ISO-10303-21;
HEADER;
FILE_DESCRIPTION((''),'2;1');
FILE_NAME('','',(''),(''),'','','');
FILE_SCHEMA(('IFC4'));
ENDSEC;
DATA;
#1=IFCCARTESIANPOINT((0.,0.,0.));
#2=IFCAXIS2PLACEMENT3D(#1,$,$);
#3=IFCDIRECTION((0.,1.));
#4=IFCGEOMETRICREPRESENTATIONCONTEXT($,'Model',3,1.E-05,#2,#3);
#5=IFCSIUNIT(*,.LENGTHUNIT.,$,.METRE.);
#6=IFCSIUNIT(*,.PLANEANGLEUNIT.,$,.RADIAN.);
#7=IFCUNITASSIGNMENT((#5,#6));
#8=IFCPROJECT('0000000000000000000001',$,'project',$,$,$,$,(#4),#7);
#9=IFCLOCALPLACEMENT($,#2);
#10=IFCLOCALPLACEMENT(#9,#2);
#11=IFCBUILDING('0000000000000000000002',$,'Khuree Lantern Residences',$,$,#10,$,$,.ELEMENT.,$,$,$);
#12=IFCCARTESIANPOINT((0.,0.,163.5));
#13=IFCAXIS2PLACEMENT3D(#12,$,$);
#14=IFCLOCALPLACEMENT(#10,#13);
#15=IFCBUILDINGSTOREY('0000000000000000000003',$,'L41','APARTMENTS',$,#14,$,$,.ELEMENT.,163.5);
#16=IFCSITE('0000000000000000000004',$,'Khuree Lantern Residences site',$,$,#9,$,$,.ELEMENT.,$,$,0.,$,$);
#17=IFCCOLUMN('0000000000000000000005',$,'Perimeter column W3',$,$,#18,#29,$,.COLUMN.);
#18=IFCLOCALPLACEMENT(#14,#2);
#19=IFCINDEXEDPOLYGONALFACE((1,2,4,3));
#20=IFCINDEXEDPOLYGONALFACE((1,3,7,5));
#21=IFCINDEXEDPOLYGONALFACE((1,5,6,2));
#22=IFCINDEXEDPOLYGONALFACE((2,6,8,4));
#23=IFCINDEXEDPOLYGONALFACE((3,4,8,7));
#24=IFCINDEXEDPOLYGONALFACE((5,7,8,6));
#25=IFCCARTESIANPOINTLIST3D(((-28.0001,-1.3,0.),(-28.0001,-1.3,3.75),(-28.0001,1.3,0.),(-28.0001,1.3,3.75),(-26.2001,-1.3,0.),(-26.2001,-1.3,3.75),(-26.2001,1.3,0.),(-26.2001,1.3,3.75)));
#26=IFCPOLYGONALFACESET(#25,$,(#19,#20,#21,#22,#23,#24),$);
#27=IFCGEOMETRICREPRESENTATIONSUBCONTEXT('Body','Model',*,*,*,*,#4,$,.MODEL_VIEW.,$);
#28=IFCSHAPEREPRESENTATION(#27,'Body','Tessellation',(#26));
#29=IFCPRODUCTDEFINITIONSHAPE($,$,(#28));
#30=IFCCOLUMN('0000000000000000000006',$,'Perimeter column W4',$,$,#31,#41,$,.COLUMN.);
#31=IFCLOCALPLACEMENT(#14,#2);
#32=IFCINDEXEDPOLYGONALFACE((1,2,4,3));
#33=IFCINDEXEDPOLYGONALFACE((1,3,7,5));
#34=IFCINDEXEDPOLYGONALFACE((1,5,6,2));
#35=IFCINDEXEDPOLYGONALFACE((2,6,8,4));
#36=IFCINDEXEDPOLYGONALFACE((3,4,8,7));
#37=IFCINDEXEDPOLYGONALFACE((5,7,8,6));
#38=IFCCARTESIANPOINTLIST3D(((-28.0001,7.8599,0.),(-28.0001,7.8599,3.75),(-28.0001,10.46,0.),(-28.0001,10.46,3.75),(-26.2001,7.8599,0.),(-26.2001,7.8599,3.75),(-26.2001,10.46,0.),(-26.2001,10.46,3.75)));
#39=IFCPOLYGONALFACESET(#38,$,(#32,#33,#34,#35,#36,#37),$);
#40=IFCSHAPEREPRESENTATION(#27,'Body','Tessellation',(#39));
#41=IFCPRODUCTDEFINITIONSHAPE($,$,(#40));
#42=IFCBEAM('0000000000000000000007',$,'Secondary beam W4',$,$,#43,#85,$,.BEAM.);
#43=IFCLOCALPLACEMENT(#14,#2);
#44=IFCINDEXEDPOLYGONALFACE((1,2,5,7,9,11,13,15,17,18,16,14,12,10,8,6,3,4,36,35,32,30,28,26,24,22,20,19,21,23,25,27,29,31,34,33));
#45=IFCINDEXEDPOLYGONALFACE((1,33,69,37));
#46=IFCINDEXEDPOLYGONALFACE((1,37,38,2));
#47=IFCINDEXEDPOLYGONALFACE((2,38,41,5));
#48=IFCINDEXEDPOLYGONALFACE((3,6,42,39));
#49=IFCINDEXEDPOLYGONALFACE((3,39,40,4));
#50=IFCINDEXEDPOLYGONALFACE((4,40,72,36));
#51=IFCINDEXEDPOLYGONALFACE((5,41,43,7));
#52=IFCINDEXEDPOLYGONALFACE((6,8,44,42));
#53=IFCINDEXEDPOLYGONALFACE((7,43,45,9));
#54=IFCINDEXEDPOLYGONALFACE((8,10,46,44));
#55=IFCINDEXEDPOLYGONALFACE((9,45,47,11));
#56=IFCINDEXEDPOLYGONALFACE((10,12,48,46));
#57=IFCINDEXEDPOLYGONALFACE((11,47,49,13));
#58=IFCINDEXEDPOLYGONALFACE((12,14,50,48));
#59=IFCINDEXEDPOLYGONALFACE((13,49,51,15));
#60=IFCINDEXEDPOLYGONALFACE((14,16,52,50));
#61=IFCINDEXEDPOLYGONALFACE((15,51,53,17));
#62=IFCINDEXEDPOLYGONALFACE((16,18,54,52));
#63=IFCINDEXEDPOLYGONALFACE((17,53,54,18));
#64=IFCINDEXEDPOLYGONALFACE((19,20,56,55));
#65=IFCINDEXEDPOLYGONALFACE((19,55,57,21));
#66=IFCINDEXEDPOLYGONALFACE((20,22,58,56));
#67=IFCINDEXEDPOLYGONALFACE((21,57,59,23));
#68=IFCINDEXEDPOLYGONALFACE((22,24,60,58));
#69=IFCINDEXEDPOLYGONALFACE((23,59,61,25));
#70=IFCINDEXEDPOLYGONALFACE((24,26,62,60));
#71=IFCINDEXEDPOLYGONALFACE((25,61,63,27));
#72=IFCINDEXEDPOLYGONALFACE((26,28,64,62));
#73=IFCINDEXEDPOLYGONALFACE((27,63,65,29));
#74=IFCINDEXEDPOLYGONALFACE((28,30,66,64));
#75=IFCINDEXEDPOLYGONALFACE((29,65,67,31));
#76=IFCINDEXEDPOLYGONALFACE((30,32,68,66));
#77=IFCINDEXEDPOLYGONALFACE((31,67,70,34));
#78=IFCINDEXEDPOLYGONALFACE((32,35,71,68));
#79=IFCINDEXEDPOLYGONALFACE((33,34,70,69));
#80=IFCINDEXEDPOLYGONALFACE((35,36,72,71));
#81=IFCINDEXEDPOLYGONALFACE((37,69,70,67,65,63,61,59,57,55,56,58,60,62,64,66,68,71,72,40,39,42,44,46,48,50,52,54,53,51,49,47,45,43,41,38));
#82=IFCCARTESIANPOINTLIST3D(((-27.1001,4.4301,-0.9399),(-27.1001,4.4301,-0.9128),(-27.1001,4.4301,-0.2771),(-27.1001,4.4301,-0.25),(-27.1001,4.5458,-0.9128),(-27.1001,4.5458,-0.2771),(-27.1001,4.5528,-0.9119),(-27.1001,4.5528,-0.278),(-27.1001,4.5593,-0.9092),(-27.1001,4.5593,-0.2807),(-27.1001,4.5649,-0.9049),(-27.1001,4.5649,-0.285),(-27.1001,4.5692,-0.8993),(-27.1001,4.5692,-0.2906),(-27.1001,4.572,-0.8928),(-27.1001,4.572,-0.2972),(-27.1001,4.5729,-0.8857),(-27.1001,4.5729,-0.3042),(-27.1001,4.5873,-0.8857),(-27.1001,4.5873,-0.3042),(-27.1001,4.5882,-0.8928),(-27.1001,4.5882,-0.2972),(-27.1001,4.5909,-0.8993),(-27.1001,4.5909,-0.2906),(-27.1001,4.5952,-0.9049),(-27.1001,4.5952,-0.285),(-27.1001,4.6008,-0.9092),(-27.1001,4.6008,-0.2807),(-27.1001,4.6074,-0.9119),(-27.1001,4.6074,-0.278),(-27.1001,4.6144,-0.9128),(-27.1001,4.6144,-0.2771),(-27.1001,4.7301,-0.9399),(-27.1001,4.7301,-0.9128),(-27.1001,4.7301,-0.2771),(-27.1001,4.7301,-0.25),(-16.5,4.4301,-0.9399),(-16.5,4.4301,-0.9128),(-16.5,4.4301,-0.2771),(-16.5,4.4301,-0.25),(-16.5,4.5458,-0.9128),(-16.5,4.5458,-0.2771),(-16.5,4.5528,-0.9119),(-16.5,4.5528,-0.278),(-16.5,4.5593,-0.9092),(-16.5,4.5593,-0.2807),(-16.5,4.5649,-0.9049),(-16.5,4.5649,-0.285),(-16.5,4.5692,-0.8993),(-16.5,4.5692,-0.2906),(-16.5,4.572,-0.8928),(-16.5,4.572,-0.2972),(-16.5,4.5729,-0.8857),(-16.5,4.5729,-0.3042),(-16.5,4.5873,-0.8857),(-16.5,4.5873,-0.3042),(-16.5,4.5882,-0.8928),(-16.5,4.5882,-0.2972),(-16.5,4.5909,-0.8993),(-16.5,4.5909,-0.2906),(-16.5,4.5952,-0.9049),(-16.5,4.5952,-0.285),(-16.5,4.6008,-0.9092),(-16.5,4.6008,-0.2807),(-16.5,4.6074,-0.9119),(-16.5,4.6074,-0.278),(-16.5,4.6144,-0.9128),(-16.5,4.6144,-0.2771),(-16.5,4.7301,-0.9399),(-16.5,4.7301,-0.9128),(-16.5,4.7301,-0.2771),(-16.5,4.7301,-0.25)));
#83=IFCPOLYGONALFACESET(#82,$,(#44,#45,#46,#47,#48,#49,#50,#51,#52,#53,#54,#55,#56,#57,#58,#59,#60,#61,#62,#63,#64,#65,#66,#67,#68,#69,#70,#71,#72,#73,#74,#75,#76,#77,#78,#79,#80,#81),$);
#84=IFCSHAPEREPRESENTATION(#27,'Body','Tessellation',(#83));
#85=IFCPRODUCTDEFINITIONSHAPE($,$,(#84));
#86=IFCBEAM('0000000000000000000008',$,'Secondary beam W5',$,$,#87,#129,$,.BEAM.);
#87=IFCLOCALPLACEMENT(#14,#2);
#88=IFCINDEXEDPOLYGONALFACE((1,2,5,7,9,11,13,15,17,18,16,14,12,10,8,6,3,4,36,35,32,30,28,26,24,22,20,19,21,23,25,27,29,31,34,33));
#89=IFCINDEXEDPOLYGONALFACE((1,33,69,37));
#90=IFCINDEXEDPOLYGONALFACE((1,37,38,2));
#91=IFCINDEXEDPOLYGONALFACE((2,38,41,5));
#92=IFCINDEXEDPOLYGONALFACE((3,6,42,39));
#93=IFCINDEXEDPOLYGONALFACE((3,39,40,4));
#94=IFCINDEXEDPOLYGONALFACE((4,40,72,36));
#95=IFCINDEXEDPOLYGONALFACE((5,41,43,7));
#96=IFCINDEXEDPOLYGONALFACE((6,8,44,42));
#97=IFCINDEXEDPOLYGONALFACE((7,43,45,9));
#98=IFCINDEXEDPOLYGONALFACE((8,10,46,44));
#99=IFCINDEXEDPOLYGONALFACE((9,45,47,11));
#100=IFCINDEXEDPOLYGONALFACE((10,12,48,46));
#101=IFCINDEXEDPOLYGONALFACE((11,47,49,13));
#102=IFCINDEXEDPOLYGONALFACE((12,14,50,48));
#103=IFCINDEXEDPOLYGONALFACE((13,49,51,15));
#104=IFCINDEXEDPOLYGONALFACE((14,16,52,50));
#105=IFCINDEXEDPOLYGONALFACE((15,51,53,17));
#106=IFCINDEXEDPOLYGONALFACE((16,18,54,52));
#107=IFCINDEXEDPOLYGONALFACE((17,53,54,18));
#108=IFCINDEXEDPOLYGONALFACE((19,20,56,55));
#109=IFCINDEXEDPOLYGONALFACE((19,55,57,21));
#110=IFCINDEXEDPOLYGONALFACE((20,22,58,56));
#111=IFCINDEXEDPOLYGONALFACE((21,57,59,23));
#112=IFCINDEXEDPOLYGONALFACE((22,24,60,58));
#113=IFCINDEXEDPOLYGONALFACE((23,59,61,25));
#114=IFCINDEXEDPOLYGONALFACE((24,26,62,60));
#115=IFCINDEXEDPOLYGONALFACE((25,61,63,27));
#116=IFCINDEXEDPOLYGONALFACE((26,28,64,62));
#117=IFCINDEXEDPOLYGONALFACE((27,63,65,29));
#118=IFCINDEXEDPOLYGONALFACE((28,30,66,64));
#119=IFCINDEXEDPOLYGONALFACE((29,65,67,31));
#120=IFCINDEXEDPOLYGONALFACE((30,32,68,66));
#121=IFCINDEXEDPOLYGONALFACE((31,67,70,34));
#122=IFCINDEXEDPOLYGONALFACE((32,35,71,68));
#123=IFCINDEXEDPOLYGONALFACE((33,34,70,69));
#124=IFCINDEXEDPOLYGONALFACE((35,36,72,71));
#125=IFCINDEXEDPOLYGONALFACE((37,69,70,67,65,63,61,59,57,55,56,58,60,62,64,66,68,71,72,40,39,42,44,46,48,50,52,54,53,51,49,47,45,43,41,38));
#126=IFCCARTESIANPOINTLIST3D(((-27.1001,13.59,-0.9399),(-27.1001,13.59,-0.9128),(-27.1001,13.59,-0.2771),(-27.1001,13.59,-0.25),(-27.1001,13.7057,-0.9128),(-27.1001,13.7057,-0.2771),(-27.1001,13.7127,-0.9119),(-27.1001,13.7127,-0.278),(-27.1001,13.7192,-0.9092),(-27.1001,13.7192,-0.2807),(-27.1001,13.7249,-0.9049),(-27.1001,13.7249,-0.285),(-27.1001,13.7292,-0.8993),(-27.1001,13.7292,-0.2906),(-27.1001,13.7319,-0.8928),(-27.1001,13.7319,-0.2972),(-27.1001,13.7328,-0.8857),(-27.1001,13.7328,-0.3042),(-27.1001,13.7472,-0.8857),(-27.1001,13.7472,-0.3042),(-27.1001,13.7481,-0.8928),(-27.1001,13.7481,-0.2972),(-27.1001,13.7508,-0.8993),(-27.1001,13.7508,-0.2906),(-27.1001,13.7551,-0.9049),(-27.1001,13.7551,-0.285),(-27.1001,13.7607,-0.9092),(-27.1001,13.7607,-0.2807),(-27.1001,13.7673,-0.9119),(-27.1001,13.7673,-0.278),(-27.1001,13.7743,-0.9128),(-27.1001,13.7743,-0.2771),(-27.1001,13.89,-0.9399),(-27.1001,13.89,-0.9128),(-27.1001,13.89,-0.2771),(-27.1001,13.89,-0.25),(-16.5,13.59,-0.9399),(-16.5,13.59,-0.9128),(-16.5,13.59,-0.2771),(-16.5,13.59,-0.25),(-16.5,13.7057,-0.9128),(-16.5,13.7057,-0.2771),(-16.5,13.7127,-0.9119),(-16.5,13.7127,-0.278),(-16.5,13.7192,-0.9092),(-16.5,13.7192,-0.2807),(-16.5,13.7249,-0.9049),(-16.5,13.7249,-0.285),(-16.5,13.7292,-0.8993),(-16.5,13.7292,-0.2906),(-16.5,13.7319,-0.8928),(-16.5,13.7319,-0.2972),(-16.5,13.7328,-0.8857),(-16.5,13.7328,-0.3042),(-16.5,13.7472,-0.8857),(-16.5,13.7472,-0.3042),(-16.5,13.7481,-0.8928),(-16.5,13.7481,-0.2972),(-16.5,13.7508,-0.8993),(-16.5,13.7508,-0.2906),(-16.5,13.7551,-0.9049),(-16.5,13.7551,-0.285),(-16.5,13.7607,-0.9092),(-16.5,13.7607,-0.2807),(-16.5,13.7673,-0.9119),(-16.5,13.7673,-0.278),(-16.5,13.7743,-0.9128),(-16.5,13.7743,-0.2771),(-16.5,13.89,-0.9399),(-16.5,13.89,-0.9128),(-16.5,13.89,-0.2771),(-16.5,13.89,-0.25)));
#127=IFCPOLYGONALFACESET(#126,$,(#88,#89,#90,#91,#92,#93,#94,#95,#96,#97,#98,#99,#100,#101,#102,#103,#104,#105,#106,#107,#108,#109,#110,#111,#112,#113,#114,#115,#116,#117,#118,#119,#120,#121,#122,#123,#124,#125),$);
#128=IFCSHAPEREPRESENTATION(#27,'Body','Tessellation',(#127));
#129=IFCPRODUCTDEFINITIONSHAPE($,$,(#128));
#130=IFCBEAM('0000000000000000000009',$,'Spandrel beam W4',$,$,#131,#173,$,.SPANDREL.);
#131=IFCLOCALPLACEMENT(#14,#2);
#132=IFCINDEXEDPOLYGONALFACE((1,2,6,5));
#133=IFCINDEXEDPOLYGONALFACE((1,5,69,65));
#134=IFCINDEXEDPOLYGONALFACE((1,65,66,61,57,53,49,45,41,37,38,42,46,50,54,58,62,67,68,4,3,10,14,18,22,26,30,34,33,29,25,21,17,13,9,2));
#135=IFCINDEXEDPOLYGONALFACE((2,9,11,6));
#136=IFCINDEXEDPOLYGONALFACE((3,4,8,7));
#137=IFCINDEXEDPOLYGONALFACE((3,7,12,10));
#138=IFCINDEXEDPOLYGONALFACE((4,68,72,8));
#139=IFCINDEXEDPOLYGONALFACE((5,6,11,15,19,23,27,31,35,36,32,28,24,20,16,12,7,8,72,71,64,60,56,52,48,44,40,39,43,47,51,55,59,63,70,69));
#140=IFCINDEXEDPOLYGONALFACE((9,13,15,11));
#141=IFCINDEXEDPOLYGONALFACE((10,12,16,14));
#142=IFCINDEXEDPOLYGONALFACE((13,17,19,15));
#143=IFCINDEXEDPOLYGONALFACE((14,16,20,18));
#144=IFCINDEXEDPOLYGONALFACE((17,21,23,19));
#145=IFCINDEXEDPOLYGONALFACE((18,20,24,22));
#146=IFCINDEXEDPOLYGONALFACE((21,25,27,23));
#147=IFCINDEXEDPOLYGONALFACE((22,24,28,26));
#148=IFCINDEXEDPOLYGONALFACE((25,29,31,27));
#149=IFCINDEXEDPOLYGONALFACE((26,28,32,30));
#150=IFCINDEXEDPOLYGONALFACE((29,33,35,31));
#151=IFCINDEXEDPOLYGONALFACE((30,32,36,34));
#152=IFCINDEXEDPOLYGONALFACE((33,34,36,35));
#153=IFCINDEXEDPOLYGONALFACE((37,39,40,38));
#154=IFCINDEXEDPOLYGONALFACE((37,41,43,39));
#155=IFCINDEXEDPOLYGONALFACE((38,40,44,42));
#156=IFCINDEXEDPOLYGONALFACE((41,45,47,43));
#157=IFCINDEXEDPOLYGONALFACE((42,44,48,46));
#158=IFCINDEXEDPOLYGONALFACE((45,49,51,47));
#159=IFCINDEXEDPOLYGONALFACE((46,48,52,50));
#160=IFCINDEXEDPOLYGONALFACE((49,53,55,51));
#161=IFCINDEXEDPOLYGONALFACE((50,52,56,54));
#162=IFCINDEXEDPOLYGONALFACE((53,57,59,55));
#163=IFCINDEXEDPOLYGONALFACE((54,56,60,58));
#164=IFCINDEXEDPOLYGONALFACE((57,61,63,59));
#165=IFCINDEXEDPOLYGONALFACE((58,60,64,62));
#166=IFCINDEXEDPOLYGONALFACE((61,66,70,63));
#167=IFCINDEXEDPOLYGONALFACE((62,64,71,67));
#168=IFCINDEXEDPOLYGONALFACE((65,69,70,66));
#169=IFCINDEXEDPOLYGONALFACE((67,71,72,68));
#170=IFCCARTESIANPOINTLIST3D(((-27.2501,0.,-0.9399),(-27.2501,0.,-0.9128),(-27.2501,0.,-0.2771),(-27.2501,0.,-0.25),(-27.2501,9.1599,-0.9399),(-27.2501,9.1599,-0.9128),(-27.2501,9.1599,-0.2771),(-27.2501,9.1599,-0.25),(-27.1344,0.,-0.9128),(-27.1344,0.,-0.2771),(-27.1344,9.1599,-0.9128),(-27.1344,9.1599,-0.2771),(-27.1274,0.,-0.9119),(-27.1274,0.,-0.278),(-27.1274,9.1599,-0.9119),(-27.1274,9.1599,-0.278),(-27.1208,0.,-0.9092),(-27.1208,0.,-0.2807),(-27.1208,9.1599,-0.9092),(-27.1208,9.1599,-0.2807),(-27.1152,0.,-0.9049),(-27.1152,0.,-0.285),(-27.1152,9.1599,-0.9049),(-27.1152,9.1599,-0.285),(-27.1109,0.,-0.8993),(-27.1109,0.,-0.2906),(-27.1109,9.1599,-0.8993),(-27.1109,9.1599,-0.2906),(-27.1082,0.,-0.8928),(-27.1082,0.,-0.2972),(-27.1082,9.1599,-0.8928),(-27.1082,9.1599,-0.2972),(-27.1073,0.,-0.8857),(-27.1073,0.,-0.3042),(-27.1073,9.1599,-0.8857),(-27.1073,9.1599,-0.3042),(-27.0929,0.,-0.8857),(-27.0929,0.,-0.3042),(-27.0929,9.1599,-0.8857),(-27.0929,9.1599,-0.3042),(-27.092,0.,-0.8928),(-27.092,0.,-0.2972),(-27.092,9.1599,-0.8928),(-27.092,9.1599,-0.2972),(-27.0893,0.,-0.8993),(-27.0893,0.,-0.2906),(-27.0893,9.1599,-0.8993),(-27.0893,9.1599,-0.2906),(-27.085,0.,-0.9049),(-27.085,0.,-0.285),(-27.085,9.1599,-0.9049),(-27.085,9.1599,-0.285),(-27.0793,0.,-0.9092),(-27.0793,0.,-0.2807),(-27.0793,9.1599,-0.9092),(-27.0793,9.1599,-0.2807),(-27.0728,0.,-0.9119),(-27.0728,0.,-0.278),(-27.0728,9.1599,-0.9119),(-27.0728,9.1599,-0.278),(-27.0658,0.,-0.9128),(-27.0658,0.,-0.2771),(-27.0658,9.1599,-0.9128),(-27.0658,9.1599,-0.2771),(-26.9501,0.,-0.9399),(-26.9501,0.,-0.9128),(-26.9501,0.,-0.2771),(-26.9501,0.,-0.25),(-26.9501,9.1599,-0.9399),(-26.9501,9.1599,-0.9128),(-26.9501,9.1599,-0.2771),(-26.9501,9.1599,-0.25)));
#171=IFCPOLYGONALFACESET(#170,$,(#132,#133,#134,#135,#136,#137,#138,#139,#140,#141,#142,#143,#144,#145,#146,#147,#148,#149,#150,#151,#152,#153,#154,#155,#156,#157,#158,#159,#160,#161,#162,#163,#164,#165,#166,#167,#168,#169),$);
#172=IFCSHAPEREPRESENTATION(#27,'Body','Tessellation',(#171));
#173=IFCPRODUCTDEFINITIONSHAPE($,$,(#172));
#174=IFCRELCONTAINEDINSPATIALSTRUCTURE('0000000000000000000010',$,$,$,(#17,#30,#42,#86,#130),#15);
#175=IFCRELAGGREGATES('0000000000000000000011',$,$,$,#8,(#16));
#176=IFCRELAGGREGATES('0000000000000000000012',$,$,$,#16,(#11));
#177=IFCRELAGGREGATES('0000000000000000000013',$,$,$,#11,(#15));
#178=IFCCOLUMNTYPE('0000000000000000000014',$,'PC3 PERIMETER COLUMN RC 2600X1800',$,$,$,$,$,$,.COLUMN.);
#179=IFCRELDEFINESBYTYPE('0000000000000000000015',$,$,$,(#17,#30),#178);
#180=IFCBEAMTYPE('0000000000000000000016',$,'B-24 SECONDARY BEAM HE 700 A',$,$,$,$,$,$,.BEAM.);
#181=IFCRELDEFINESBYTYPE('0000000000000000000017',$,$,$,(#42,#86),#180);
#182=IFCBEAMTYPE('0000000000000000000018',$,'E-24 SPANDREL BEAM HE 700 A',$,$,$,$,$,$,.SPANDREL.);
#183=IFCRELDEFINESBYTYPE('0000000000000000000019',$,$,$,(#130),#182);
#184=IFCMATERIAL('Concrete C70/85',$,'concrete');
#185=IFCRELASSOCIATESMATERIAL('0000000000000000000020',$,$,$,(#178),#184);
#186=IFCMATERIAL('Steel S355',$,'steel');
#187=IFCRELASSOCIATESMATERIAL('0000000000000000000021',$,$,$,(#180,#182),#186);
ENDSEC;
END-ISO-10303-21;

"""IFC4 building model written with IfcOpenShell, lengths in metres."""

from ifc_helpers import new_model, si_unit, direction, frame, origin, origin_2d, place, context, subcontext, project, spatial, rectangle, i_section, extrude, material, material_profile, profile_set, type_object, element, save


model = new_model("IFC4")

# Units and contexts
model_context = context("Model", 3, precision=1e-05, world=origin(), true_north=direction((0.0, 1.0)))
body_context = subcontext(model_context, "Body", "Model", "MODEL_VIEW")
ifc_project = project(units=[si_unit("LENGTHUNIT", "METRE"), si_unit("PLANEANGLEUNIT", "RADIAN")], contexts=[model_context])

# Site, building, storey
site_placement = place(None, origin())
site = spatial("IfcSite", under=ifc_project, at=site_placement, Name="Khuree Lantern Residences site", CompositionType="ELEMENT", RefElevation=0.0)
building_placement = place(site_placement, origin())
building = spatial("IfcBuilding", under=site, at=building_placement, Name="Khuree Lantern Residences", CompositionType="ELEMENT")
storey_placement = place(building_placement, frame((0.0, 0.0, 163.5)))
storey = spatial("IfcBuildingStorey", under=building, at=storey_placement, Name="L41", Description="APARTMENTS", CompositionType="ELEMENT", Elevation=163.5)

# Columns
ifc_material_1 = material(Name="Concrete C70/85", Category="concrete")
ifc_material_profile_1 = material_profile(ifc_material_1, rectangle(XDim=2.6001, YDim=1.8, at=origin_2d()), Name="RC 2600X1800")
ifc_profile_set_1 = profile_set([ifc_material_profile_1], Name="Concrete C70/85")
column_type = type_object("IfcColumnType", Name="PC3 PERIMETER COLUMN RC 2600X1800", PredefinedType="COLUMN", material=ifc_profile_set_1)
for number, where, z_axis, x_axis, name in (
    (1, (-27.1001, 0.0, 0.0), (0.0, 0.0, 1.0), (0.0, 1.0, 0.0), "Perimeter column W3"),
    (2, (-27.1001, 9.1599, 0.0), (0.0, 0.0, 1.0), (0.0, 1.0, 0.0), "Perimeter column W4"),
):
    element("IfcColumn", number, at=place(storey_placement, frame(where, z_axis=z_axis, x_axis=x_axis)), inside=storey, type_object=column_type, Name=name, PredefinedType="COLUMN", context=body_context, shape_type="SweptSolid", body=[
        extrude(rectangle(XDim=2.6001, YDim=1.8, at=origin_2d()), origin(), (0.0, 0.0, 1.0), 3.75),
    ])

# Beams
ifc_material_2 = material(Name="Steel S355", Category="steel")
ifc_material_profile_2 = material_profile(ifc_material_2, i_section(OverallWidth=0.3, OverallDepth=0.6899, WebThickness=0.0144, FlangeThickness=0.0271, FilletRadius=0.0271, at=origin_2d()), Name="HE 700 A")
ifc_profile_set_2 = profile_set([ifc_material_profile_2], Name="Steel S355")
beam_type_1 = type_object("IfcBeamType", Name="B-24 SECONDARY BEAM HE 700 A", PredefinedType="BEAM", material=ifc_profile_set_2)
for number, where, z_axis, x_axis, name in (
    (3, (-27.1001, 4.5801, -0.595), (1.0, 0.0, 0.0), (0.0, 1.0, 0.0), "Secondary beam W4"),
    (4, (-27.1001, 13.74, -0.595), (1.0, 0.0, 0.0), (0.0, 1.0, 0.0), "Secondary beam W5"),
):
    element("IfcBeam", number, at=place(storey_placement, frame(where, z_axis=z_axis, x_axis=x_axis)), inside=storey, type_object=beam_type_1, Name=name, PredefinedType="BEAM", context=body_context, shape_type="SweptSolid", body=[
        extrude(i_section(OverallWidth=0.3, OverallDepth=0.6899, WebThickness=0.0144, FlangeThickness=0.0271, FilletRadius=0.0271, at=origin_2d()), origin(), (0.0, 0.0, 1.0), 10.6001),
    ])
ifc_material_profile_3 = material_profile(ifc_material_2, i_section(OverallWidth=0.3, OverallDepth=0.6899, WebThickness=0.0144, FlangeThickness=0.0271, FilletRadius=0.0271, at=origin_2d()), Name="HE 700 A")
ifc_profile_set_3 = profile_set([ifc_material_profile_3], Name="Steel S355")
beam_type_2 = type_object("IfcBeamType", Name="E-24 SPANDREL BEAM HE 700 A", PredefinedType="SPANDREL", material=ifc_profile_set_3)
beam_1_placement = place(storey_placement, frame((-27.1001, 0.0, -0.595), z_axis=(0.0, 1.0, 0.0), x_axis=(-1.0, 0.0, 0.0)))
element("IfcBeam", 5, at=beam_1_placement, inside=storey, type_object=beam_type_2, Name="Spandrel beam W4", PredefinedType="SPANDREL", context=body_context, shape_type="SweptSolid", body=[
    extrude(i_section(OverallWidth=0.3, OverallDepth=0.6899, WebThickness=0.0144, FlangeThickness=0.0271, FilletRadius=0.0271, at=origin_2d()), origin(), (0.0, 0.0, 1.0), 9.1599),
])

save(model, "model.ifc")
